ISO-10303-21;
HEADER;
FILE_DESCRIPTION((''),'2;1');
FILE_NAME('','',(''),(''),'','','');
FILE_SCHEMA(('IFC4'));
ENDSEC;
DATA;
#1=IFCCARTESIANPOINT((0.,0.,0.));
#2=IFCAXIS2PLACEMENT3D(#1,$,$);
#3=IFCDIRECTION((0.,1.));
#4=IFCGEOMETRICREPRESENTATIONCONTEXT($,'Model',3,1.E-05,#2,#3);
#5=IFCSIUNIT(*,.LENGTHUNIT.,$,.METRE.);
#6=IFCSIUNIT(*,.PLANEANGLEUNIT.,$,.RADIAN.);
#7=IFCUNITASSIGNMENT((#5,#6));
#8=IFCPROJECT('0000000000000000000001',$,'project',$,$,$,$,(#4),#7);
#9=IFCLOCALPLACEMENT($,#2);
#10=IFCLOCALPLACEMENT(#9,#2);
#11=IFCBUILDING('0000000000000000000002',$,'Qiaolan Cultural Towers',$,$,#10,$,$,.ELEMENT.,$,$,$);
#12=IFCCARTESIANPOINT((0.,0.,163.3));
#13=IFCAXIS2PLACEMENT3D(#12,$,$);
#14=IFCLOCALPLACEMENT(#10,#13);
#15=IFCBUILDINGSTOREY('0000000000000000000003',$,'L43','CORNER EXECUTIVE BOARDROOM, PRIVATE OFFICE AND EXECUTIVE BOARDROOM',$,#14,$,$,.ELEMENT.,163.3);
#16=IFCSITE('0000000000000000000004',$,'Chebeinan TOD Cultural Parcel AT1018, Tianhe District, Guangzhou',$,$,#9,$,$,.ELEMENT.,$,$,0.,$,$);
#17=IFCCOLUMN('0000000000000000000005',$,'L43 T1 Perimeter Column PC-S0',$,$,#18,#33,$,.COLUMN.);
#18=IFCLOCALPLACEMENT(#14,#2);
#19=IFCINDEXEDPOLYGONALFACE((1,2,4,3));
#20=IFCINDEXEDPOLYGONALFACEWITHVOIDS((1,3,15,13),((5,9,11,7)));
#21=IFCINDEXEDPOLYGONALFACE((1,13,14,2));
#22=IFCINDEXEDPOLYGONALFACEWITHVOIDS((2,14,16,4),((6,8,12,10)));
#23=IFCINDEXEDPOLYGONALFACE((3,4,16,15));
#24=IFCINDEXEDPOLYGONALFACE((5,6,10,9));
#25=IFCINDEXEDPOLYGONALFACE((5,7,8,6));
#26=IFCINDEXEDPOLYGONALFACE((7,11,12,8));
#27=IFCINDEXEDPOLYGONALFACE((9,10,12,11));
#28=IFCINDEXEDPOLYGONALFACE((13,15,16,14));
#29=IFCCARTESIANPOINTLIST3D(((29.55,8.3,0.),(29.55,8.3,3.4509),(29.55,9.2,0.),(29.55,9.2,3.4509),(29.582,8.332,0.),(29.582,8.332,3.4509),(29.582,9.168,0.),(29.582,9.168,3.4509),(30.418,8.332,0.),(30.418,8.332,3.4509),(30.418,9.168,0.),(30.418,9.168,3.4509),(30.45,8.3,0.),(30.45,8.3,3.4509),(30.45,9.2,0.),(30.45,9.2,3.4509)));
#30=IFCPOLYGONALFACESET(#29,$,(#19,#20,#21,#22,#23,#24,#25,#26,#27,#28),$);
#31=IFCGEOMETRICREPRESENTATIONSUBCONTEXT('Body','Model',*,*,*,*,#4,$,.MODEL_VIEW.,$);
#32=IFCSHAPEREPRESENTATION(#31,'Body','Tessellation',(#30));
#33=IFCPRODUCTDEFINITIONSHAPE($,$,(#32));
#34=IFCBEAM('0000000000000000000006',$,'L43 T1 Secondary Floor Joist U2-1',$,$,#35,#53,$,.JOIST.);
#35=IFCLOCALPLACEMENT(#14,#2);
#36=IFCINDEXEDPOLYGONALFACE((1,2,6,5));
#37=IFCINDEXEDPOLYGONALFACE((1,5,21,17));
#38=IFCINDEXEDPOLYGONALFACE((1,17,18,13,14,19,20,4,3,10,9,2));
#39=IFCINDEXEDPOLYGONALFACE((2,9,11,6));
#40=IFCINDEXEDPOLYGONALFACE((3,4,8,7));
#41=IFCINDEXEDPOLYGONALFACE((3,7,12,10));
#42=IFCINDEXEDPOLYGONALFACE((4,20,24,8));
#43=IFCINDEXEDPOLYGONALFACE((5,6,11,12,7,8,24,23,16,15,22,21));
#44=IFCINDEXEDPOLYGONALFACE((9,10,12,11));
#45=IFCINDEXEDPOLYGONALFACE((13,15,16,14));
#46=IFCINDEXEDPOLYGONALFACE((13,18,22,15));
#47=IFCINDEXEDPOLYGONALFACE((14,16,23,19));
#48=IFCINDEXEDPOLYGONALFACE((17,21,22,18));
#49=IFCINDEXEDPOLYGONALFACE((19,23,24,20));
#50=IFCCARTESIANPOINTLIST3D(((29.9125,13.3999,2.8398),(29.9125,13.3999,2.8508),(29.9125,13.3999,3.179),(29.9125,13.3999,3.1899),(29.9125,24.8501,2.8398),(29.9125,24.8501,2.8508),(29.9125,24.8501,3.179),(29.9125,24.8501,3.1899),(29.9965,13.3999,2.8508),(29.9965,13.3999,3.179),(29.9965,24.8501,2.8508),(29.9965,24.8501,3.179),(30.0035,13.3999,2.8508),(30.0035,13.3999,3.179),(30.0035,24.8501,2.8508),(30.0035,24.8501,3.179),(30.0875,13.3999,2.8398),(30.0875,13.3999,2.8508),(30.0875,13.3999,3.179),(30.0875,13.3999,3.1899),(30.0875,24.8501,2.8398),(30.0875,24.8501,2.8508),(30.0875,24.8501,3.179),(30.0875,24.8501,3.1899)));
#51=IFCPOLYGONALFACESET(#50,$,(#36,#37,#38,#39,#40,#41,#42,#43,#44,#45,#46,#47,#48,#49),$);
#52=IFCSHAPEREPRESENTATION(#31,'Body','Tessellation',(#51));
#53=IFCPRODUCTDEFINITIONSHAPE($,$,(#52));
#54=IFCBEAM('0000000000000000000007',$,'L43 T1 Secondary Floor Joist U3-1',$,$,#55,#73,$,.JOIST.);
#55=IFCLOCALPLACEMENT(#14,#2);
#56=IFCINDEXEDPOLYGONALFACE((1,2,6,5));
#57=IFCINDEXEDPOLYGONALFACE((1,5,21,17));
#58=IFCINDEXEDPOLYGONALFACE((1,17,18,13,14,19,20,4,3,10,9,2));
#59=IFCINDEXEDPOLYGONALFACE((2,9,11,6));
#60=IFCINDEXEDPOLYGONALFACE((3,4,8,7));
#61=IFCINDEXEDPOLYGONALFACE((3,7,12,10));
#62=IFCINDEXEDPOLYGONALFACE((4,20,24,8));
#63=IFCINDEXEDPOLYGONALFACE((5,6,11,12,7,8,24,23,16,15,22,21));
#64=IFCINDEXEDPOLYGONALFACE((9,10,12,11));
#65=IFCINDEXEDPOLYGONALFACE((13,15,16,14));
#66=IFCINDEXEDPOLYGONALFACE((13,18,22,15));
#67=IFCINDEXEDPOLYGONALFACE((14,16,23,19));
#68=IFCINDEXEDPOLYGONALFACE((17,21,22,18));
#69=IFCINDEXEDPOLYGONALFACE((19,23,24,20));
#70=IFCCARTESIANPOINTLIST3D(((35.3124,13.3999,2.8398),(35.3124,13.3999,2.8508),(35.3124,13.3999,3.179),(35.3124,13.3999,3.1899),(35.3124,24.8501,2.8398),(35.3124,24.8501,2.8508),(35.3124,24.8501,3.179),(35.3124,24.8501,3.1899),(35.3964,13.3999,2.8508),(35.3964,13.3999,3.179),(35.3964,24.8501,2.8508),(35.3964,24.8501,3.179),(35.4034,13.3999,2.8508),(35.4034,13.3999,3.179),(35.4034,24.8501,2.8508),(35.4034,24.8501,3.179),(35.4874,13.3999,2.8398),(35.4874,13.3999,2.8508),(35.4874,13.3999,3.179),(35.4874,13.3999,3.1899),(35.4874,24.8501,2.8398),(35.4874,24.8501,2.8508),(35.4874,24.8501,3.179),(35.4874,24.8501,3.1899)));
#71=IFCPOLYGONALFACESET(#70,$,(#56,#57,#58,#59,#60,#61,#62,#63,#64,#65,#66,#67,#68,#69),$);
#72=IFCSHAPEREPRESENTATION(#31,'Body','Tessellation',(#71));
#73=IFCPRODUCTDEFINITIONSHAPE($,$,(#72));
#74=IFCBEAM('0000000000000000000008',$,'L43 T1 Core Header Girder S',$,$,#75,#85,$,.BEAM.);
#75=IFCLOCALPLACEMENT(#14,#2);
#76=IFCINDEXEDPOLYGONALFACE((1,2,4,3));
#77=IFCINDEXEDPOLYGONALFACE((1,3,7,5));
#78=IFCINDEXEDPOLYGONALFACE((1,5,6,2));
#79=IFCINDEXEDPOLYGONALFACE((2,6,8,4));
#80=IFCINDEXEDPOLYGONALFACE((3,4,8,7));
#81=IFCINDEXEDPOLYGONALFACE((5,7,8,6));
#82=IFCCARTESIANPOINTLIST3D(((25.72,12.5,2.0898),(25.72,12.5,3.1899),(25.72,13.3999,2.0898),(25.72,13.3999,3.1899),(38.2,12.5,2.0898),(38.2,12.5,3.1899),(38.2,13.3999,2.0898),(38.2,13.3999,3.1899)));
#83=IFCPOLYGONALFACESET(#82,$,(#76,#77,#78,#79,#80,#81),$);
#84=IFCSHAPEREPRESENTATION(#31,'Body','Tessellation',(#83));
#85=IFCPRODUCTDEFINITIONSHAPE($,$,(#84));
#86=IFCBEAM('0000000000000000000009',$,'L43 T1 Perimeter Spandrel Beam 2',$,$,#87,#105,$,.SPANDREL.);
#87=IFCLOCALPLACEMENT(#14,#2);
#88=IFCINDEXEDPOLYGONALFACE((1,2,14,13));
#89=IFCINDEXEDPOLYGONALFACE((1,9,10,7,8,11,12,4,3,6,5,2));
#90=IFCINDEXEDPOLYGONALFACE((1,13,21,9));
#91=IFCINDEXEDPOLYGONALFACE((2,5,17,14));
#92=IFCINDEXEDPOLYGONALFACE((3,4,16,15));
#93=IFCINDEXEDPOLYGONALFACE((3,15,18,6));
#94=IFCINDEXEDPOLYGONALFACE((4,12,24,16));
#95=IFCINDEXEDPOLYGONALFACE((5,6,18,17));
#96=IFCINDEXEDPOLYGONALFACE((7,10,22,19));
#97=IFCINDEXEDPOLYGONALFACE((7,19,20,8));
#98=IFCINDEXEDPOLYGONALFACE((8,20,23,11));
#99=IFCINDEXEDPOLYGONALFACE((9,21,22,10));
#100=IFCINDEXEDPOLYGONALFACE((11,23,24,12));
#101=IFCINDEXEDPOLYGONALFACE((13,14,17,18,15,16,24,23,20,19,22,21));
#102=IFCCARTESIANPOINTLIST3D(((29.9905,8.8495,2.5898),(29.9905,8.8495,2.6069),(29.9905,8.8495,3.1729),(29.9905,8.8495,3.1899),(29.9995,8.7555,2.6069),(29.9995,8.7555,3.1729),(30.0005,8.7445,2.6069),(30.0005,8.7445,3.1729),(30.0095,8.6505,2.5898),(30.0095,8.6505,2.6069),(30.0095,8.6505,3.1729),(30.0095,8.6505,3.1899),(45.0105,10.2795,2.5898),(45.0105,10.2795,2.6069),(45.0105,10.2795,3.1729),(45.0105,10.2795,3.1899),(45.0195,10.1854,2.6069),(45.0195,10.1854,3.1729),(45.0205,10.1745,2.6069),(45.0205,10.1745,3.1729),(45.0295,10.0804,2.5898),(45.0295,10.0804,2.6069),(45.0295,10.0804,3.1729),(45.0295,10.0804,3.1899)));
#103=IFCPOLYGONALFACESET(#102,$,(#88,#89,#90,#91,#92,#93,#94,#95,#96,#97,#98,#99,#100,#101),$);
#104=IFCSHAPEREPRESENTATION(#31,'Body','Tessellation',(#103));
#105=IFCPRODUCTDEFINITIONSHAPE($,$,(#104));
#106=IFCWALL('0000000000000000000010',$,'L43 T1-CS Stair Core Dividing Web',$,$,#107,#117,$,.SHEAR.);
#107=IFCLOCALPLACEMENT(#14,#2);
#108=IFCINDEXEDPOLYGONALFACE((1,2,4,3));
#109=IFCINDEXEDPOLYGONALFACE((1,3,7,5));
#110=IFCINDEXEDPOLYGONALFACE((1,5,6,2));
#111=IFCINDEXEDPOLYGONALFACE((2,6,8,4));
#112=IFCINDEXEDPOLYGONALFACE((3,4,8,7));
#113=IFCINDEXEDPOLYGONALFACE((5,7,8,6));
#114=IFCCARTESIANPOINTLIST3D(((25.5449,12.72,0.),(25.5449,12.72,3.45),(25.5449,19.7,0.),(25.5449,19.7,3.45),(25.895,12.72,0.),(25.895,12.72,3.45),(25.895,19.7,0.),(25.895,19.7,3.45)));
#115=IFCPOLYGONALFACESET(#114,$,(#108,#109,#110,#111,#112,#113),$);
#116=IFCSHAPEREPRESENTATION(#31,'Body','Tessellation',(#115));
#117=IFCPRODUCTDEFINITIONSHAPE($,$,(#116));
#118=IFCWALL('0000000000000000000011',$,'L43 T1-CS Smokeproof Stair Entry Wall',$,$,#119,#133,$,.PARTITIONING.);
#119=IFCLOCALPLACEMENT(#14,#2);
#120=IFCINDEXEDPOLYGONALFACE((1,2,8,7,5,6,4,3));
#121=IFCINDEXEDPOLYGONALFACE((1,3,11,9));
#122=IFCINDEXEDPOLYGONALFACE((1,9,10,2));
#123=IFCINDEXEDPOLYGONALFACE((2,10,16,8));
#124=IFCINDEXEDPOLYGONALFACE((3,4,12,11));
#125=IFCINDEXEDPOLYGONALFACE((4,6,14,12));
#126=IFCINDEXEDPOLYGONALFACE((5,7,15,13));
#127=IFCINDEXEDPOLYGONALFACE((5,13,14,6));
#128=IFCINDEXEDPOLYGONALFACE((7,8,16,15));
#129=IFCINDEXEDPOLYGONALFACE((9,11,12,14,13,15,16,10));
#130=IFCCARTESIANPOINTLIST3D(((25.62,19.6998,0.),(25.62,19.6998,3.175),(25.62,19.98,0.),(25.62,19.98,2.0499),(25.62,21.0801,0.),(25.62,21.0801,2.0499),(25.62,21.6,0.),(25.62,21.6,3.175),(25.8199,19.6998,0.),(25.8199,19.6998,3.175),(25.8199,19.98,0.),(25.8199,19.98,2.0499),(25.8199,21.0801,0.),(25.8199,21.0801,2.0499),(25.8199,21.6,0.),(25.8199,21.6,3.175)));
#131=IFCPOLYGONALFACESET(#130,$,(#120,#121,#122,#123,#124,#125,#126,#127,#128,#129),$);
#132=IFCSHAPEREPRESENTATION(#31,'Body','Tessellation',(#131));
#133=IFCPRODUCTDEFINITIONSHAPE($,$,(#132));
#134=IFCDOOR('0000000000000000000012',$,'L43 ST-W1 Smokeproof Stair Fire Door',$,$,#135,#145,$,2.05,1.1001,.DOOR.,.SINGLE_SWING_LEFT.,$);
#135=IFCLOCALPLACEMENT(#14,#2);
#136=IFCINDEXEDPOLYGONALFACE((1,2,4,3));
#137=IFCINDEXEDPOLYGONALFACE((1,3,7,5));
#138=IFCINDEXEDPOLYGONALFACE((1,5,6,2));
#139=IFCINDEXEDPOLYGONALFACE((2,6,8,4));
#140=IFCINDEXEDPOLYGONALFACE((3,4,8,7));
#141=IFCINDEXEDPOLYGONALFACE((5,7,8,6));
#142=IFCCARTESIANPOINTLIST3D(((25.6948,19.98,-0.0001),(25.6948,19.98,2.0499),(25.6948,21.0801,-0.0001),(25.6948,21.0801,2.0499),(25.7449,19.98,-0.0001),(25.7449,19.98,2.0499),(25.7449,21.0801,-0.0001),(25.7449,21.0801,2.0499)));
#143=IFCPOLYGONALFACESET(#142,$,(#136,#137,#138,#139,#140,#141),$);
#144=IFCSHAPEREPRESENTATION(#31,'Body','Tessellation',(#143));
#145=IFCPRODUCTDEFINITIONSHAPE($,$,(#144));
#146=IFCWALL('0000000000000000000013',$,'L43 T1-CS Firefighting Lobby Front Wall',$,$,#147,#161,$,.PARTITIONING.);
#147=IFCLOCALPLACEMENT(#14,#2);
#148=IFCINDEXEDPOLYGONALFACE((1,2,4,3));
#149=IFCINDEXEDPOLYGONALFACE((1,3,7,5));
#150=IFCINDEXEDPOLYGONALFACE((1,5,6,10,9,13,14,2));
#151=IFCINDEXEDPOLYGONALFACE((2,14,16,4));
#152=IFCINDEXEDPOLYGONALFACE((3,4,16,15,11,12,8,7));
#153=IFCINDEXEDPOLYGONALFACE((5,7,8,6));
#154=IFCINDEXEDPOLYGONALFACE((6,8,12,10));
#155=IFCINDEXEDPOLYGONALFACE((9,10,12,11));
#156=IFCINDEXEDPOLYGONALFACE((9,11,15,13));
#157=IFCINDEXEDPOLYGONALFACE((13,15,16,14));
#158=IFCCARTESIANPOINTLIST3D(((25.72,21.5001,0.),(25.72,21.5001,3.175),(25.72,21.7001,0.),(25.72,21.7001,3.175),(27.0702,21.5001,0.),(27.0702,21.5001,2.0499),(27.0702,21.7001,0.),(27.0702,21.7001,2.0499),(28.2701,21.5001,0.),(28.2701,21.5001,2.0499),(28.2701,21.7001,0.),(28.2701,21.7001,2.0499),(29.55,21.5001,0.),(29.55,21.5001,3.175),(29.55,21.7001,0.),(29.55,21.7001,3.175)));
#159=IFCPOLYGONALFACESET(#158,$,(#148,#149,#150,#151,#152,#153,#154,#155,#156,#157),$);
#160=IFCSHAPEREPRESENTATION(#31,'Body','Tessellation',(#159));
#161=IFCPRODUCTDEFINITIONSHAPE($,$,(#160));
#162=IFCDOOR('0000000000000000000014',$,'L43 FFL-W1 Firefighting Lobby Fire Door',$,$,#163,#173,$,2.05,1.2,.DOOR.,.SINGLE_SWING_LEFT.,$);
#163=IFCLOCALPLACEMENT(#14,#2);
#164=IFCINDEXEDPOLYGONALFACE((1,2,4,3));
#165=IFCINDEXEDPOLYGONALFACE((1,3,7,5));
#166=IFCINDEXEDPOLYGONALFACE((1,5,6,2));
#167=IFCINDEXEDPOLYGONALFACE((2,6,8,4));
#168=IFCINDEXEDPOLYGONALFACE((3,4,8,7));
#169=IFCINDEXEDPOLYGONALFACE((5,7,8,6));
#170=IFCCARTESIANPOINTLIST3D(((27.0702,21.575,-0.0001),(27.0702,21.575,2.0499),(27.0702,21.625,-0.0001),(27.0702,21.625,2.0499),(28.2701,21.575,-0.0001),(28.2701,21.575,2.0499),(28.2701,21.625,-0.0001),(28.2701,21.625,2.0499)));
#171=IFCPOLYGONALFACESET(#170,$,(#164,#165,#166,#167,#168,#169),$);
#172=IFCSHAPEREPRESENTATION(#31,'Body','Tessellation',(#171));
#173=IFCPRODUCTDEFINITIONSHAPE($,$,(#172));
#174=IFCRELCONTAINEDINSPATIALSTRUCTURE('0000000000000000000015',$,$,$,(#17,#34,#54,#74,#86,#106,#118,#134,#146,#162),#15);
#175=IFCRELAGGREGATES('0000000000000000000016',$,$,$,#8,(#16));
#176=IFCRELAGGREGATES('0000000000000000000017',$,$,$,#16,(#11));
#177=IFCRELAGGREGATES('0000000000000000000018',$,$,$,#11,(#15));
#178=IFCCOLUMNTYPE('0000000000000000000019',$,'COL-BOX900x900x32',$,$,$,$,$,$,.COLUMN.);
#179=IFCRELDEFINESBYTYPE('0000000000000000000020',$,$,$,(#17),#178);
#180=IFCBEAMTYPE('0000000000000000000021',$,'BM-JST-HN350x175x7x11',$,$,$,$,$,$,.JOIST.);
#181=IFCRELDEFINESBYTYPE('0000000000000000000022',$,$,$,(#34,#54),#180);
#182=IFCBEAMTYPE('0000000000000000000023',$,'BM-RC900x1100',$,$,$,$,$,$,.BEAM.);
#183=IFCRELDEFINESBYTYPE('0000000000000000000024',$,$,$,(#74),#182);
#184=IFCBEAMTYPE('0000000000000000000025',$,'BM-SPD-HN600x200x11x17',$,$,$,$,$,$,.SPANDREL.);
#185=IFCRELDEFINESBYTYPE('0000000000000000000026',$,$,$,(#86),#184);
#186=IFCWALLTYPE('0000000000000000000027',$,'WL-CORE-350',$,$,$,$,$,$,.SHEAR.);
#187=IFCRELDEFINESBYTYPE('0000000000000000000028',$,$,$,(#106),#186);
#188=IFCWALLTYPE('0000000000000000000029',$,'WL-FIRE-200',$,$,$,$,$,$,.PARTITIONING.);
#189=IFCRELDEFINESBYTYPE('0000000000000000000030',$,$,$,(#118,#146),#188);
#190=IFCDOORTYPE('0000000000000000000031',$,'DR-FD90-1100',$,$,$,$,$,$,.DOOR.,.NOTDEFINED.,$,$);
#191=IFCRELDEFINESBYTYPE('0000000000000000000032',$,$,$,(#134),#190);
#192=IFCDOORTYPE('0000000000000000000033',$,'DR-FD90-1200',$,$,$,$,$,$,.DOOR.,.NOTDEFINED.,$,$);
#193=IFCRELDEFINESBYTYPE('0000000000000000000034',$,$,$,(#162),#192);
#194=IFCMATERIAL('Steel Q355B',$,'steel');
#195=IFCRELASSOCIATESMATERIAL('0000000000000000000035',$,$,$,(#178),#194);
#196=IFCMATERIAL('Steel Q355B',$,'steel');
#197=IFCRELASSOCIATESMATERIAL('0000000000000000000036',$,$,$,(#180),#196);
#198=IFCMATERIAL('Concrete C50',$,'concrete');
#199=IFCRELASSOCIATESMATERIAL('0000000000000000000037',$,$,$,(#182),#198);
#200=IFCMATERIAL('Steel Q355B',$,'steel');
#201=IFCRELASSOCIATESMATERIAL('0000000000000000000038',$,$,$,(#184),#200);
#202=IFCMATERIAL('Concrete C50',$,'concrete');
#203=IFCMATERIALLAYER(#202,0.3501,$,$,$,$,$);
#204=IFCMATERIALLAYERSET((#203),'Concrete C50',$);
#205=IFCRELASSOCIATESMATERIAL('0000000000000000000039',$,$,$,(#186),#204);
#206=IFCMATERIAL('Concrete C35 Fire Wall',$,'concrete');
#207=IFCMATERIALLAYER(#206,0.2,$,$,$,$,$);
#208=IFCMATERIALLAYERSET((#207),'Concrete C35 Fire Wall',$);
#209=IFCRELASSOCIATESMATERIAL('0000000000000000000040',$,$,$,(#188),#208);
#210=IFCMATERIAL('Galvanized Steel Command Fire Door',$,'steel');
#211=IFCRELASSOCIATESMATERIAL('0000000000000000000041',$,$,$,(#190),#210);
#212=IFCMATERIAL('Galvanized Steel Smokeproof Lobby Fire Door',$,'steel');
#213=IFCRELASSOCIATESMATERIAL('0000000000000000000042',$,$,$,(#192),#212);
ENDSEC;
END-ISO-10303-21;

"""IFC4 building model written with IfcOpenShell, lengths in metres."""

from ifc_helpers import new_model, si_unit, direction, frame, frame_2d, origin, origin_2d, place, context, subcontext, project, spatial, rectangle, hollow_rectangle, i_section, extrude, material, layer, layer_set, material_profile, profile_set, type_object, element, fill, save


model = new_model("IFC4")

# Units and contexts
model_context = context("Model", 3, precision=1e-05, world=origin(), true_north=direction((0.0, 1.0)))
body_context = subcontext(model_context, "Body", "Model", "MODEL_VIEW")
ifc_project = project(units=[si_unit("LENGTHUNIT", "METRE"), si_unit("PLANEANGLEUNIT", "RADIAN")], contexts=[model_context])

# Site, building, storey
site_placement = place(None, origin())
site = spatial("IfcSite", under=ifc_project, at=site_placement, Name="Chebeinan TOD Cultural Parcel AT1018, Tianhe District, Guangzhou", CompositionType="ELEMENT", RefElevation=0.0)
building_placement = place(site_placement, origin())
building = spatial("IfcBuilding", under=site, at=building_placement, Name="Qiaolan Cultural Towers", CompositionType="ELEMENT")
storey_placement = place(building_placement, frame((0.0, 0.0, 163.3)))
storey = spatial("IfcBuildingStorey", under=building, at=storey_placement, Name="L43", Description="CORNER EXECUTIVE BOARDROOM, PRIVATE OFFICE AND EXECUTIVE BOARDROOM", CompositionType="ELEMENT", Elevation=163.3)

# Column
ifc_material_1 = material(Name="Steel Q355B", Category="steel")
ifc_material_profile_1 = material_profile(ifc_material_1, hollow_rectangle(XDim=0.8999, YDim=0.8999, WallThickness=0.032, at=origin_2d()), Name="BOX900x900x32")
ifc_profile_set_1 = profile_set([ifc_material_profile_1], Name="Steel Q355B")
column_type = type_object("IfcColumnType", Name="COL-BOX900x900x32", PredefinedType="COLUMN", material=ifc_profile_set_1)
column_placement = place(storey_placement, frame((30.0, 8.75, 0.0), z_axis=(0.0, 0.0, 1.0), x_axis=(1.0, 0.0, 0.0)))
element("IfcColumn", 1, at=column_placement, inside=storey, type_object=column_type, Name="L43 T1 Perimeter Column PC-S0", PredefinedType="COLUMN", context=body_context, shape_type="SweptSolid", body=[
    extrude(hollow_rectangle(XDim=0.8999, YDim=0.8999, WallThickness=0.032, at=origin_2d()), origin(), (0.0, 0.0, 1.0), 3.4509),
])

# Beams
ifc_material_2 = material(Name="Steel Q355B", Category="steel")
ifc_material_profile_2 = material_profile(ifc_material_2, i_section(OverallWidth=0.175, OverallDepth=0.3501, WebThickness=0.0071, FlangeThickness=0.011, at=origin_2d()), Name="HN350x175x7x11")
ifc_profile_set_2 = profile_set([ifc_material_profile_2], Name="Steel Q355B")
beam_type_1 = type_object("IfcBeamType", Name="BM-JST-HN350x175x7x11", PredefinedType="JOIST", material=ifc_profile_set_2)
for number, where, z_axis, x_axis, name in (
    (2, (30.0, 13.3999, 3.0149), (0.0, 1.0, 0.0), (-1.0, 0.0, 0.0), "L43 T1 Secondary Floor Joist U2-1"),
    (3, (35.3999, 13.3999, 3.0149), (0.0, 1.0, 0.0), (-1.0, 0.0, 0.0), "L43 T1 Secondary Floor Joist U3-1"),
):
    element("IfcBeam", number, at=place(storey_placement, frame(where, z_axis=z_axis, x_axis=x_axis)), inside=storey, type_object=beam_type_1, Name=name, PredefinedType="JOIST", context=body_context, shape_type="SweptSolid", body=[
        extrude(i_section(OverallWidth=0.175, OverallDepth=0.3501, WebThickness=0.0071, FlangeThickness=0.011, at=origin_2d()), origin(), (0.0, 0.0, 1.0), 11.4502),
    ])
ifc_material_3 = material(Name="Concrete C50", Category="concrete")
ifc_material_profile_3 = material_profile(ifc_material_3, rectangle(XDim=0.8999, YDim=1.1001, at=origin_2d()), Name="RC900x1100")
ifc_profile_set_3 = profile_set([ifc_material_profile_3], Name="Concrete C50")
beam_type_2 = type_object("IfcBeamType", Name="BM-RC900x1100", PredefinedType="BEAM", material=ifc_profile_set_3)
beam_1_placement = place(storey_placement, frame((25.72, 12.95, 2.6399), z_axis=(1.0, 0.0, 0.0), x_axis=(0.0, 1.0, 0.0)))
element("IfcBeam", 4, at=beam_1_placement, inside=storey, type_object=beam_type_2, Name="L43 T1 Core Header Girder S", PredefinedType="BEAM", context=body_context, shape_type="SweptSolid", body=[
    extrude(rectangle(XDim=0.8999, YDim=1.1001, at=origin_2d()), origin(), (0.0, 0.0, 1.0), 12.48),
])
ifc_material_4 = material(Name="Steel Q355B", Category="steel")
ifc_material_profile_4 = material_profile(ifc_material_4, i_section(OverallWidth=0.2, OverallDepth=0.6001, WebThickness=0.011, FlangeThickness=0.0171, at=origin_2d()), Name="HN600x200x11x17")
ifc_profile_set_4 = profile_set([ifc_material_profile_4], Name="Steel Q355B")
beam_type_3 = type_object("IfcBeamType", Name="BM-SPD-HN600x200x11x17", PredefinedType="SPANDREL", material=ifc_profile_set_4)
beam_2_placement = place(storey_placement, frame((30.0, 8.75, 2.8899), z_axis=(0.995499, 0.094773, 0.0), x_axis=(-0.094773, 0.995499, 0.0)))
element("IfcBeam", 5, at=beam_2_placement, inside=storey, type_object=beam_type_3, Name="L43 T1 Perimeter Spandrel Beam 2", PredefinedType="SPANDREL", context=body_context, shape_type="SweptSolid", body=[
    extrude(i_section(OverallWidth=0.2, OverallDepth=0.6001, WebThickness=0.011, FlangeThickness=0.0171, at=origin_2d()), origin(), (0.0, 0.0, 1.0), 15.0879),
])

# Wall
ifc_material_5 = material(Name="Concrete C50", Category="concrete")
ifc_layer_1 = layer(ifc_material_5, 0.3501)
ifc_layer_set_1 = layer_set([ifc_layer_1], Name="Concrete C50")
wall_type_1 = type_object("IfcWallType", Name="WL-CORE-350", PredefinedType="SHEAR", material=ifc_layer_set_1)
wall_1_placement = place(storey_placement, frame((25.72, 19.7, 0.0), z_axis=(0.0, 0.0, 1.0), x_axis=(0.0, -1.0, 0.0)))
element("IfcWall", 6, at=wall_1_placement, inside=storey, type_object=wall_type_1, Name="L43 T1-CS Stair Core Dividing Web", PredefinedType="SHEAR", context=body_context, shape_type="SweptSolid", body=[
    extrude(rectangle(XDim=6.98, YDim=0.3501, at=frame_2d((3.49, 0.0))), origin(), (0.0, 0.0, 1.0), 3.45),
])

# Walls, openings, doors
ifc_material_6 = material(Name="Concrete C35 Fire Wall", Category="concrete")
ifc_layer_2 = layer(ifc_material_6, 0.2)
ifc_layer_set_2 = layer_set([ifc_layer_2], Name="Concrete C35 Fire Wall")
wall_type_2 = type_object("IfcWallType", Name="WL-FIRE-200", PredefinedType="PARTITIONING", material=ifc_layer_set_2)
wall_2_placement = place(storey_placement, frame((25.72, 21.6001, 0.0), z_axis=(0.0, 0.0, 1.0), x_axis=(0.0, -1.0, 0.0)))
wall_2 = element("IfcWall", 7, at=wall_2_placement, inside=storey, type_object=wall_type_2, Name="L43 T1-CS Smokeproof Stair Entry Wall", PredefinedType="PARTITIONING", context=body_context, shape_type="SweptSolid", body=[
    extrude(rectangle(XDim=1.9001, YDim=0.2, at=frame_2d((0.9502, 0.0))), origin(), (0.0, 0.0, 1.0), 3.175),
])
opening_1_placement = place(wall_2_placement, frame((0.52, 0.0, 0.0)))
opening_1 = element("IfcOpeningElement", 8, at=opening_1_placement, cuts=wall_2, PredefinedType="OPENING", context=body_context, shape_type="SweptSolid", body=[
    extrude(rectangle(XDim=1.1001, YDim=2.05, at=frame_2d((0.55, 1.0249))), frame((0.0, 0.1099, 0.0), z_axis=(0.0, -1.0, 0.0), x_axis=(1.0, 0.0, 0.0)), (0.0, 0.0, 1.0), 0.22),
])
ifc_material_7 = material(Name="Galvanized Steel Command Fire Door", Category="steel")
door_type_1 = type_object("IfcDoorType", Name="DR-FD90-1100", OperationType="NOTDEFINED", PredefinedType="DOOR", material=ifc_material_7)
door_1_placement = place(opening_1_placement, origin())
door_1 = element("IfcDoor", 9, at=door_1_placement, inside=storey, type_object=door_type_1, Name="L43 ST-W1 Smokeproof Stair Fire Door", OperationType="SINGLE_SWING_LEFT", OverallHeight=2.05, OverallWidth=1.1001, PredefinedType="DOOR", context=body_context, shape_type="SweptSolid", body=[
    extrude(rectangle(XDim=1.1001, YDim=2.05, at=frame_2d((0.55, 1.0249))), frame((0.0, 0.0249, 0.0), z_axis=(0.0, -1.0, 0.0), x_axis=(1.0, 0.0, 0.0)), (0.0, 0.0, 1.0), 0.05),
])
fill(opening_1, door_1)
wall_3_placement = place(storey_placement, frame((25.72, 21.6001, 0.0), z_axis=(0.0, 0.0, 1.0), x_axis=(1.0, 0.0, 0.0)))
wall_3 = element("IfcWall", 10, at=wall_3_placement, inside=storey, type_object=wall_type_2, Name="L43 T1-CS Firefighting Lobby Front Wall", PredefinedType="PARTITIONING", context=body_context, shape_type="SweptSolid", body=[
    extrude(rectangle(XDim=3.8301, YDim=0.2, at=frame_2d((1.915, 0.0))), origin(), (0.0, 0.0, 1.0), 3.175),
])
opening_2_placement = place(wall_3_placement, frame((1.3501, 0.0, 0.0)))
opening_2 = element("IfcOpeningElement", 11, at=opening_2_placement, cuts=wall_3, PredefinedType="OPENING", context=body_context, shape_type="SweptSolid", body=[
    extrude(rectangle(XDim=1.2, YDim=2.05, at=frame_2d((0.6001, 1.0249))), frame((0.0, 0.1099, 0.0), z_axis=(0.0, -1.0, 0.0), x_axis=(1.0, 0.0, 0.0)), (0.0, 0.0, 1.0), 0.22),
])
ifc_material_8 = material(Name="Galvanized Steel Smokeproof Lobby Fire Door", Category="steel")
door_type_2 = type_object("IfcDoorType", Name="DR-FD90-1200", OperationType="NOTDEFINED", PredefinedType="DOOR", material=ifc_material_8)
door_2_placement = place(opening_2_placement, origin())
door_2 = element("IfcDoor", 12, at=door_2_placement, inside=storey, type_object=door_type_2, Name="L43 FFL-W1 Firefighting Lobby Fire Door", OperationType="SINGLE_SWING_LEFT", OverallHeight=2.05, OverallWidth=1.2, PredefinedType="DOOR", context=body_context, shape_type="SweptSolid", body=[
    extrude(rectangle(XDim=1.2, YDim=2.05, at=frame_2d((0.6001, 1.0249))), frame((0.0, 0.0249, 0.0), z_axis=(0.0, -1.0, 0.0), x_axis=(1.0, 0.0, 0.0)), (0.0, 0.0, 1.0), 0.05),
])
fill(opening_2, door_2)

save(model, "model.ifc")
